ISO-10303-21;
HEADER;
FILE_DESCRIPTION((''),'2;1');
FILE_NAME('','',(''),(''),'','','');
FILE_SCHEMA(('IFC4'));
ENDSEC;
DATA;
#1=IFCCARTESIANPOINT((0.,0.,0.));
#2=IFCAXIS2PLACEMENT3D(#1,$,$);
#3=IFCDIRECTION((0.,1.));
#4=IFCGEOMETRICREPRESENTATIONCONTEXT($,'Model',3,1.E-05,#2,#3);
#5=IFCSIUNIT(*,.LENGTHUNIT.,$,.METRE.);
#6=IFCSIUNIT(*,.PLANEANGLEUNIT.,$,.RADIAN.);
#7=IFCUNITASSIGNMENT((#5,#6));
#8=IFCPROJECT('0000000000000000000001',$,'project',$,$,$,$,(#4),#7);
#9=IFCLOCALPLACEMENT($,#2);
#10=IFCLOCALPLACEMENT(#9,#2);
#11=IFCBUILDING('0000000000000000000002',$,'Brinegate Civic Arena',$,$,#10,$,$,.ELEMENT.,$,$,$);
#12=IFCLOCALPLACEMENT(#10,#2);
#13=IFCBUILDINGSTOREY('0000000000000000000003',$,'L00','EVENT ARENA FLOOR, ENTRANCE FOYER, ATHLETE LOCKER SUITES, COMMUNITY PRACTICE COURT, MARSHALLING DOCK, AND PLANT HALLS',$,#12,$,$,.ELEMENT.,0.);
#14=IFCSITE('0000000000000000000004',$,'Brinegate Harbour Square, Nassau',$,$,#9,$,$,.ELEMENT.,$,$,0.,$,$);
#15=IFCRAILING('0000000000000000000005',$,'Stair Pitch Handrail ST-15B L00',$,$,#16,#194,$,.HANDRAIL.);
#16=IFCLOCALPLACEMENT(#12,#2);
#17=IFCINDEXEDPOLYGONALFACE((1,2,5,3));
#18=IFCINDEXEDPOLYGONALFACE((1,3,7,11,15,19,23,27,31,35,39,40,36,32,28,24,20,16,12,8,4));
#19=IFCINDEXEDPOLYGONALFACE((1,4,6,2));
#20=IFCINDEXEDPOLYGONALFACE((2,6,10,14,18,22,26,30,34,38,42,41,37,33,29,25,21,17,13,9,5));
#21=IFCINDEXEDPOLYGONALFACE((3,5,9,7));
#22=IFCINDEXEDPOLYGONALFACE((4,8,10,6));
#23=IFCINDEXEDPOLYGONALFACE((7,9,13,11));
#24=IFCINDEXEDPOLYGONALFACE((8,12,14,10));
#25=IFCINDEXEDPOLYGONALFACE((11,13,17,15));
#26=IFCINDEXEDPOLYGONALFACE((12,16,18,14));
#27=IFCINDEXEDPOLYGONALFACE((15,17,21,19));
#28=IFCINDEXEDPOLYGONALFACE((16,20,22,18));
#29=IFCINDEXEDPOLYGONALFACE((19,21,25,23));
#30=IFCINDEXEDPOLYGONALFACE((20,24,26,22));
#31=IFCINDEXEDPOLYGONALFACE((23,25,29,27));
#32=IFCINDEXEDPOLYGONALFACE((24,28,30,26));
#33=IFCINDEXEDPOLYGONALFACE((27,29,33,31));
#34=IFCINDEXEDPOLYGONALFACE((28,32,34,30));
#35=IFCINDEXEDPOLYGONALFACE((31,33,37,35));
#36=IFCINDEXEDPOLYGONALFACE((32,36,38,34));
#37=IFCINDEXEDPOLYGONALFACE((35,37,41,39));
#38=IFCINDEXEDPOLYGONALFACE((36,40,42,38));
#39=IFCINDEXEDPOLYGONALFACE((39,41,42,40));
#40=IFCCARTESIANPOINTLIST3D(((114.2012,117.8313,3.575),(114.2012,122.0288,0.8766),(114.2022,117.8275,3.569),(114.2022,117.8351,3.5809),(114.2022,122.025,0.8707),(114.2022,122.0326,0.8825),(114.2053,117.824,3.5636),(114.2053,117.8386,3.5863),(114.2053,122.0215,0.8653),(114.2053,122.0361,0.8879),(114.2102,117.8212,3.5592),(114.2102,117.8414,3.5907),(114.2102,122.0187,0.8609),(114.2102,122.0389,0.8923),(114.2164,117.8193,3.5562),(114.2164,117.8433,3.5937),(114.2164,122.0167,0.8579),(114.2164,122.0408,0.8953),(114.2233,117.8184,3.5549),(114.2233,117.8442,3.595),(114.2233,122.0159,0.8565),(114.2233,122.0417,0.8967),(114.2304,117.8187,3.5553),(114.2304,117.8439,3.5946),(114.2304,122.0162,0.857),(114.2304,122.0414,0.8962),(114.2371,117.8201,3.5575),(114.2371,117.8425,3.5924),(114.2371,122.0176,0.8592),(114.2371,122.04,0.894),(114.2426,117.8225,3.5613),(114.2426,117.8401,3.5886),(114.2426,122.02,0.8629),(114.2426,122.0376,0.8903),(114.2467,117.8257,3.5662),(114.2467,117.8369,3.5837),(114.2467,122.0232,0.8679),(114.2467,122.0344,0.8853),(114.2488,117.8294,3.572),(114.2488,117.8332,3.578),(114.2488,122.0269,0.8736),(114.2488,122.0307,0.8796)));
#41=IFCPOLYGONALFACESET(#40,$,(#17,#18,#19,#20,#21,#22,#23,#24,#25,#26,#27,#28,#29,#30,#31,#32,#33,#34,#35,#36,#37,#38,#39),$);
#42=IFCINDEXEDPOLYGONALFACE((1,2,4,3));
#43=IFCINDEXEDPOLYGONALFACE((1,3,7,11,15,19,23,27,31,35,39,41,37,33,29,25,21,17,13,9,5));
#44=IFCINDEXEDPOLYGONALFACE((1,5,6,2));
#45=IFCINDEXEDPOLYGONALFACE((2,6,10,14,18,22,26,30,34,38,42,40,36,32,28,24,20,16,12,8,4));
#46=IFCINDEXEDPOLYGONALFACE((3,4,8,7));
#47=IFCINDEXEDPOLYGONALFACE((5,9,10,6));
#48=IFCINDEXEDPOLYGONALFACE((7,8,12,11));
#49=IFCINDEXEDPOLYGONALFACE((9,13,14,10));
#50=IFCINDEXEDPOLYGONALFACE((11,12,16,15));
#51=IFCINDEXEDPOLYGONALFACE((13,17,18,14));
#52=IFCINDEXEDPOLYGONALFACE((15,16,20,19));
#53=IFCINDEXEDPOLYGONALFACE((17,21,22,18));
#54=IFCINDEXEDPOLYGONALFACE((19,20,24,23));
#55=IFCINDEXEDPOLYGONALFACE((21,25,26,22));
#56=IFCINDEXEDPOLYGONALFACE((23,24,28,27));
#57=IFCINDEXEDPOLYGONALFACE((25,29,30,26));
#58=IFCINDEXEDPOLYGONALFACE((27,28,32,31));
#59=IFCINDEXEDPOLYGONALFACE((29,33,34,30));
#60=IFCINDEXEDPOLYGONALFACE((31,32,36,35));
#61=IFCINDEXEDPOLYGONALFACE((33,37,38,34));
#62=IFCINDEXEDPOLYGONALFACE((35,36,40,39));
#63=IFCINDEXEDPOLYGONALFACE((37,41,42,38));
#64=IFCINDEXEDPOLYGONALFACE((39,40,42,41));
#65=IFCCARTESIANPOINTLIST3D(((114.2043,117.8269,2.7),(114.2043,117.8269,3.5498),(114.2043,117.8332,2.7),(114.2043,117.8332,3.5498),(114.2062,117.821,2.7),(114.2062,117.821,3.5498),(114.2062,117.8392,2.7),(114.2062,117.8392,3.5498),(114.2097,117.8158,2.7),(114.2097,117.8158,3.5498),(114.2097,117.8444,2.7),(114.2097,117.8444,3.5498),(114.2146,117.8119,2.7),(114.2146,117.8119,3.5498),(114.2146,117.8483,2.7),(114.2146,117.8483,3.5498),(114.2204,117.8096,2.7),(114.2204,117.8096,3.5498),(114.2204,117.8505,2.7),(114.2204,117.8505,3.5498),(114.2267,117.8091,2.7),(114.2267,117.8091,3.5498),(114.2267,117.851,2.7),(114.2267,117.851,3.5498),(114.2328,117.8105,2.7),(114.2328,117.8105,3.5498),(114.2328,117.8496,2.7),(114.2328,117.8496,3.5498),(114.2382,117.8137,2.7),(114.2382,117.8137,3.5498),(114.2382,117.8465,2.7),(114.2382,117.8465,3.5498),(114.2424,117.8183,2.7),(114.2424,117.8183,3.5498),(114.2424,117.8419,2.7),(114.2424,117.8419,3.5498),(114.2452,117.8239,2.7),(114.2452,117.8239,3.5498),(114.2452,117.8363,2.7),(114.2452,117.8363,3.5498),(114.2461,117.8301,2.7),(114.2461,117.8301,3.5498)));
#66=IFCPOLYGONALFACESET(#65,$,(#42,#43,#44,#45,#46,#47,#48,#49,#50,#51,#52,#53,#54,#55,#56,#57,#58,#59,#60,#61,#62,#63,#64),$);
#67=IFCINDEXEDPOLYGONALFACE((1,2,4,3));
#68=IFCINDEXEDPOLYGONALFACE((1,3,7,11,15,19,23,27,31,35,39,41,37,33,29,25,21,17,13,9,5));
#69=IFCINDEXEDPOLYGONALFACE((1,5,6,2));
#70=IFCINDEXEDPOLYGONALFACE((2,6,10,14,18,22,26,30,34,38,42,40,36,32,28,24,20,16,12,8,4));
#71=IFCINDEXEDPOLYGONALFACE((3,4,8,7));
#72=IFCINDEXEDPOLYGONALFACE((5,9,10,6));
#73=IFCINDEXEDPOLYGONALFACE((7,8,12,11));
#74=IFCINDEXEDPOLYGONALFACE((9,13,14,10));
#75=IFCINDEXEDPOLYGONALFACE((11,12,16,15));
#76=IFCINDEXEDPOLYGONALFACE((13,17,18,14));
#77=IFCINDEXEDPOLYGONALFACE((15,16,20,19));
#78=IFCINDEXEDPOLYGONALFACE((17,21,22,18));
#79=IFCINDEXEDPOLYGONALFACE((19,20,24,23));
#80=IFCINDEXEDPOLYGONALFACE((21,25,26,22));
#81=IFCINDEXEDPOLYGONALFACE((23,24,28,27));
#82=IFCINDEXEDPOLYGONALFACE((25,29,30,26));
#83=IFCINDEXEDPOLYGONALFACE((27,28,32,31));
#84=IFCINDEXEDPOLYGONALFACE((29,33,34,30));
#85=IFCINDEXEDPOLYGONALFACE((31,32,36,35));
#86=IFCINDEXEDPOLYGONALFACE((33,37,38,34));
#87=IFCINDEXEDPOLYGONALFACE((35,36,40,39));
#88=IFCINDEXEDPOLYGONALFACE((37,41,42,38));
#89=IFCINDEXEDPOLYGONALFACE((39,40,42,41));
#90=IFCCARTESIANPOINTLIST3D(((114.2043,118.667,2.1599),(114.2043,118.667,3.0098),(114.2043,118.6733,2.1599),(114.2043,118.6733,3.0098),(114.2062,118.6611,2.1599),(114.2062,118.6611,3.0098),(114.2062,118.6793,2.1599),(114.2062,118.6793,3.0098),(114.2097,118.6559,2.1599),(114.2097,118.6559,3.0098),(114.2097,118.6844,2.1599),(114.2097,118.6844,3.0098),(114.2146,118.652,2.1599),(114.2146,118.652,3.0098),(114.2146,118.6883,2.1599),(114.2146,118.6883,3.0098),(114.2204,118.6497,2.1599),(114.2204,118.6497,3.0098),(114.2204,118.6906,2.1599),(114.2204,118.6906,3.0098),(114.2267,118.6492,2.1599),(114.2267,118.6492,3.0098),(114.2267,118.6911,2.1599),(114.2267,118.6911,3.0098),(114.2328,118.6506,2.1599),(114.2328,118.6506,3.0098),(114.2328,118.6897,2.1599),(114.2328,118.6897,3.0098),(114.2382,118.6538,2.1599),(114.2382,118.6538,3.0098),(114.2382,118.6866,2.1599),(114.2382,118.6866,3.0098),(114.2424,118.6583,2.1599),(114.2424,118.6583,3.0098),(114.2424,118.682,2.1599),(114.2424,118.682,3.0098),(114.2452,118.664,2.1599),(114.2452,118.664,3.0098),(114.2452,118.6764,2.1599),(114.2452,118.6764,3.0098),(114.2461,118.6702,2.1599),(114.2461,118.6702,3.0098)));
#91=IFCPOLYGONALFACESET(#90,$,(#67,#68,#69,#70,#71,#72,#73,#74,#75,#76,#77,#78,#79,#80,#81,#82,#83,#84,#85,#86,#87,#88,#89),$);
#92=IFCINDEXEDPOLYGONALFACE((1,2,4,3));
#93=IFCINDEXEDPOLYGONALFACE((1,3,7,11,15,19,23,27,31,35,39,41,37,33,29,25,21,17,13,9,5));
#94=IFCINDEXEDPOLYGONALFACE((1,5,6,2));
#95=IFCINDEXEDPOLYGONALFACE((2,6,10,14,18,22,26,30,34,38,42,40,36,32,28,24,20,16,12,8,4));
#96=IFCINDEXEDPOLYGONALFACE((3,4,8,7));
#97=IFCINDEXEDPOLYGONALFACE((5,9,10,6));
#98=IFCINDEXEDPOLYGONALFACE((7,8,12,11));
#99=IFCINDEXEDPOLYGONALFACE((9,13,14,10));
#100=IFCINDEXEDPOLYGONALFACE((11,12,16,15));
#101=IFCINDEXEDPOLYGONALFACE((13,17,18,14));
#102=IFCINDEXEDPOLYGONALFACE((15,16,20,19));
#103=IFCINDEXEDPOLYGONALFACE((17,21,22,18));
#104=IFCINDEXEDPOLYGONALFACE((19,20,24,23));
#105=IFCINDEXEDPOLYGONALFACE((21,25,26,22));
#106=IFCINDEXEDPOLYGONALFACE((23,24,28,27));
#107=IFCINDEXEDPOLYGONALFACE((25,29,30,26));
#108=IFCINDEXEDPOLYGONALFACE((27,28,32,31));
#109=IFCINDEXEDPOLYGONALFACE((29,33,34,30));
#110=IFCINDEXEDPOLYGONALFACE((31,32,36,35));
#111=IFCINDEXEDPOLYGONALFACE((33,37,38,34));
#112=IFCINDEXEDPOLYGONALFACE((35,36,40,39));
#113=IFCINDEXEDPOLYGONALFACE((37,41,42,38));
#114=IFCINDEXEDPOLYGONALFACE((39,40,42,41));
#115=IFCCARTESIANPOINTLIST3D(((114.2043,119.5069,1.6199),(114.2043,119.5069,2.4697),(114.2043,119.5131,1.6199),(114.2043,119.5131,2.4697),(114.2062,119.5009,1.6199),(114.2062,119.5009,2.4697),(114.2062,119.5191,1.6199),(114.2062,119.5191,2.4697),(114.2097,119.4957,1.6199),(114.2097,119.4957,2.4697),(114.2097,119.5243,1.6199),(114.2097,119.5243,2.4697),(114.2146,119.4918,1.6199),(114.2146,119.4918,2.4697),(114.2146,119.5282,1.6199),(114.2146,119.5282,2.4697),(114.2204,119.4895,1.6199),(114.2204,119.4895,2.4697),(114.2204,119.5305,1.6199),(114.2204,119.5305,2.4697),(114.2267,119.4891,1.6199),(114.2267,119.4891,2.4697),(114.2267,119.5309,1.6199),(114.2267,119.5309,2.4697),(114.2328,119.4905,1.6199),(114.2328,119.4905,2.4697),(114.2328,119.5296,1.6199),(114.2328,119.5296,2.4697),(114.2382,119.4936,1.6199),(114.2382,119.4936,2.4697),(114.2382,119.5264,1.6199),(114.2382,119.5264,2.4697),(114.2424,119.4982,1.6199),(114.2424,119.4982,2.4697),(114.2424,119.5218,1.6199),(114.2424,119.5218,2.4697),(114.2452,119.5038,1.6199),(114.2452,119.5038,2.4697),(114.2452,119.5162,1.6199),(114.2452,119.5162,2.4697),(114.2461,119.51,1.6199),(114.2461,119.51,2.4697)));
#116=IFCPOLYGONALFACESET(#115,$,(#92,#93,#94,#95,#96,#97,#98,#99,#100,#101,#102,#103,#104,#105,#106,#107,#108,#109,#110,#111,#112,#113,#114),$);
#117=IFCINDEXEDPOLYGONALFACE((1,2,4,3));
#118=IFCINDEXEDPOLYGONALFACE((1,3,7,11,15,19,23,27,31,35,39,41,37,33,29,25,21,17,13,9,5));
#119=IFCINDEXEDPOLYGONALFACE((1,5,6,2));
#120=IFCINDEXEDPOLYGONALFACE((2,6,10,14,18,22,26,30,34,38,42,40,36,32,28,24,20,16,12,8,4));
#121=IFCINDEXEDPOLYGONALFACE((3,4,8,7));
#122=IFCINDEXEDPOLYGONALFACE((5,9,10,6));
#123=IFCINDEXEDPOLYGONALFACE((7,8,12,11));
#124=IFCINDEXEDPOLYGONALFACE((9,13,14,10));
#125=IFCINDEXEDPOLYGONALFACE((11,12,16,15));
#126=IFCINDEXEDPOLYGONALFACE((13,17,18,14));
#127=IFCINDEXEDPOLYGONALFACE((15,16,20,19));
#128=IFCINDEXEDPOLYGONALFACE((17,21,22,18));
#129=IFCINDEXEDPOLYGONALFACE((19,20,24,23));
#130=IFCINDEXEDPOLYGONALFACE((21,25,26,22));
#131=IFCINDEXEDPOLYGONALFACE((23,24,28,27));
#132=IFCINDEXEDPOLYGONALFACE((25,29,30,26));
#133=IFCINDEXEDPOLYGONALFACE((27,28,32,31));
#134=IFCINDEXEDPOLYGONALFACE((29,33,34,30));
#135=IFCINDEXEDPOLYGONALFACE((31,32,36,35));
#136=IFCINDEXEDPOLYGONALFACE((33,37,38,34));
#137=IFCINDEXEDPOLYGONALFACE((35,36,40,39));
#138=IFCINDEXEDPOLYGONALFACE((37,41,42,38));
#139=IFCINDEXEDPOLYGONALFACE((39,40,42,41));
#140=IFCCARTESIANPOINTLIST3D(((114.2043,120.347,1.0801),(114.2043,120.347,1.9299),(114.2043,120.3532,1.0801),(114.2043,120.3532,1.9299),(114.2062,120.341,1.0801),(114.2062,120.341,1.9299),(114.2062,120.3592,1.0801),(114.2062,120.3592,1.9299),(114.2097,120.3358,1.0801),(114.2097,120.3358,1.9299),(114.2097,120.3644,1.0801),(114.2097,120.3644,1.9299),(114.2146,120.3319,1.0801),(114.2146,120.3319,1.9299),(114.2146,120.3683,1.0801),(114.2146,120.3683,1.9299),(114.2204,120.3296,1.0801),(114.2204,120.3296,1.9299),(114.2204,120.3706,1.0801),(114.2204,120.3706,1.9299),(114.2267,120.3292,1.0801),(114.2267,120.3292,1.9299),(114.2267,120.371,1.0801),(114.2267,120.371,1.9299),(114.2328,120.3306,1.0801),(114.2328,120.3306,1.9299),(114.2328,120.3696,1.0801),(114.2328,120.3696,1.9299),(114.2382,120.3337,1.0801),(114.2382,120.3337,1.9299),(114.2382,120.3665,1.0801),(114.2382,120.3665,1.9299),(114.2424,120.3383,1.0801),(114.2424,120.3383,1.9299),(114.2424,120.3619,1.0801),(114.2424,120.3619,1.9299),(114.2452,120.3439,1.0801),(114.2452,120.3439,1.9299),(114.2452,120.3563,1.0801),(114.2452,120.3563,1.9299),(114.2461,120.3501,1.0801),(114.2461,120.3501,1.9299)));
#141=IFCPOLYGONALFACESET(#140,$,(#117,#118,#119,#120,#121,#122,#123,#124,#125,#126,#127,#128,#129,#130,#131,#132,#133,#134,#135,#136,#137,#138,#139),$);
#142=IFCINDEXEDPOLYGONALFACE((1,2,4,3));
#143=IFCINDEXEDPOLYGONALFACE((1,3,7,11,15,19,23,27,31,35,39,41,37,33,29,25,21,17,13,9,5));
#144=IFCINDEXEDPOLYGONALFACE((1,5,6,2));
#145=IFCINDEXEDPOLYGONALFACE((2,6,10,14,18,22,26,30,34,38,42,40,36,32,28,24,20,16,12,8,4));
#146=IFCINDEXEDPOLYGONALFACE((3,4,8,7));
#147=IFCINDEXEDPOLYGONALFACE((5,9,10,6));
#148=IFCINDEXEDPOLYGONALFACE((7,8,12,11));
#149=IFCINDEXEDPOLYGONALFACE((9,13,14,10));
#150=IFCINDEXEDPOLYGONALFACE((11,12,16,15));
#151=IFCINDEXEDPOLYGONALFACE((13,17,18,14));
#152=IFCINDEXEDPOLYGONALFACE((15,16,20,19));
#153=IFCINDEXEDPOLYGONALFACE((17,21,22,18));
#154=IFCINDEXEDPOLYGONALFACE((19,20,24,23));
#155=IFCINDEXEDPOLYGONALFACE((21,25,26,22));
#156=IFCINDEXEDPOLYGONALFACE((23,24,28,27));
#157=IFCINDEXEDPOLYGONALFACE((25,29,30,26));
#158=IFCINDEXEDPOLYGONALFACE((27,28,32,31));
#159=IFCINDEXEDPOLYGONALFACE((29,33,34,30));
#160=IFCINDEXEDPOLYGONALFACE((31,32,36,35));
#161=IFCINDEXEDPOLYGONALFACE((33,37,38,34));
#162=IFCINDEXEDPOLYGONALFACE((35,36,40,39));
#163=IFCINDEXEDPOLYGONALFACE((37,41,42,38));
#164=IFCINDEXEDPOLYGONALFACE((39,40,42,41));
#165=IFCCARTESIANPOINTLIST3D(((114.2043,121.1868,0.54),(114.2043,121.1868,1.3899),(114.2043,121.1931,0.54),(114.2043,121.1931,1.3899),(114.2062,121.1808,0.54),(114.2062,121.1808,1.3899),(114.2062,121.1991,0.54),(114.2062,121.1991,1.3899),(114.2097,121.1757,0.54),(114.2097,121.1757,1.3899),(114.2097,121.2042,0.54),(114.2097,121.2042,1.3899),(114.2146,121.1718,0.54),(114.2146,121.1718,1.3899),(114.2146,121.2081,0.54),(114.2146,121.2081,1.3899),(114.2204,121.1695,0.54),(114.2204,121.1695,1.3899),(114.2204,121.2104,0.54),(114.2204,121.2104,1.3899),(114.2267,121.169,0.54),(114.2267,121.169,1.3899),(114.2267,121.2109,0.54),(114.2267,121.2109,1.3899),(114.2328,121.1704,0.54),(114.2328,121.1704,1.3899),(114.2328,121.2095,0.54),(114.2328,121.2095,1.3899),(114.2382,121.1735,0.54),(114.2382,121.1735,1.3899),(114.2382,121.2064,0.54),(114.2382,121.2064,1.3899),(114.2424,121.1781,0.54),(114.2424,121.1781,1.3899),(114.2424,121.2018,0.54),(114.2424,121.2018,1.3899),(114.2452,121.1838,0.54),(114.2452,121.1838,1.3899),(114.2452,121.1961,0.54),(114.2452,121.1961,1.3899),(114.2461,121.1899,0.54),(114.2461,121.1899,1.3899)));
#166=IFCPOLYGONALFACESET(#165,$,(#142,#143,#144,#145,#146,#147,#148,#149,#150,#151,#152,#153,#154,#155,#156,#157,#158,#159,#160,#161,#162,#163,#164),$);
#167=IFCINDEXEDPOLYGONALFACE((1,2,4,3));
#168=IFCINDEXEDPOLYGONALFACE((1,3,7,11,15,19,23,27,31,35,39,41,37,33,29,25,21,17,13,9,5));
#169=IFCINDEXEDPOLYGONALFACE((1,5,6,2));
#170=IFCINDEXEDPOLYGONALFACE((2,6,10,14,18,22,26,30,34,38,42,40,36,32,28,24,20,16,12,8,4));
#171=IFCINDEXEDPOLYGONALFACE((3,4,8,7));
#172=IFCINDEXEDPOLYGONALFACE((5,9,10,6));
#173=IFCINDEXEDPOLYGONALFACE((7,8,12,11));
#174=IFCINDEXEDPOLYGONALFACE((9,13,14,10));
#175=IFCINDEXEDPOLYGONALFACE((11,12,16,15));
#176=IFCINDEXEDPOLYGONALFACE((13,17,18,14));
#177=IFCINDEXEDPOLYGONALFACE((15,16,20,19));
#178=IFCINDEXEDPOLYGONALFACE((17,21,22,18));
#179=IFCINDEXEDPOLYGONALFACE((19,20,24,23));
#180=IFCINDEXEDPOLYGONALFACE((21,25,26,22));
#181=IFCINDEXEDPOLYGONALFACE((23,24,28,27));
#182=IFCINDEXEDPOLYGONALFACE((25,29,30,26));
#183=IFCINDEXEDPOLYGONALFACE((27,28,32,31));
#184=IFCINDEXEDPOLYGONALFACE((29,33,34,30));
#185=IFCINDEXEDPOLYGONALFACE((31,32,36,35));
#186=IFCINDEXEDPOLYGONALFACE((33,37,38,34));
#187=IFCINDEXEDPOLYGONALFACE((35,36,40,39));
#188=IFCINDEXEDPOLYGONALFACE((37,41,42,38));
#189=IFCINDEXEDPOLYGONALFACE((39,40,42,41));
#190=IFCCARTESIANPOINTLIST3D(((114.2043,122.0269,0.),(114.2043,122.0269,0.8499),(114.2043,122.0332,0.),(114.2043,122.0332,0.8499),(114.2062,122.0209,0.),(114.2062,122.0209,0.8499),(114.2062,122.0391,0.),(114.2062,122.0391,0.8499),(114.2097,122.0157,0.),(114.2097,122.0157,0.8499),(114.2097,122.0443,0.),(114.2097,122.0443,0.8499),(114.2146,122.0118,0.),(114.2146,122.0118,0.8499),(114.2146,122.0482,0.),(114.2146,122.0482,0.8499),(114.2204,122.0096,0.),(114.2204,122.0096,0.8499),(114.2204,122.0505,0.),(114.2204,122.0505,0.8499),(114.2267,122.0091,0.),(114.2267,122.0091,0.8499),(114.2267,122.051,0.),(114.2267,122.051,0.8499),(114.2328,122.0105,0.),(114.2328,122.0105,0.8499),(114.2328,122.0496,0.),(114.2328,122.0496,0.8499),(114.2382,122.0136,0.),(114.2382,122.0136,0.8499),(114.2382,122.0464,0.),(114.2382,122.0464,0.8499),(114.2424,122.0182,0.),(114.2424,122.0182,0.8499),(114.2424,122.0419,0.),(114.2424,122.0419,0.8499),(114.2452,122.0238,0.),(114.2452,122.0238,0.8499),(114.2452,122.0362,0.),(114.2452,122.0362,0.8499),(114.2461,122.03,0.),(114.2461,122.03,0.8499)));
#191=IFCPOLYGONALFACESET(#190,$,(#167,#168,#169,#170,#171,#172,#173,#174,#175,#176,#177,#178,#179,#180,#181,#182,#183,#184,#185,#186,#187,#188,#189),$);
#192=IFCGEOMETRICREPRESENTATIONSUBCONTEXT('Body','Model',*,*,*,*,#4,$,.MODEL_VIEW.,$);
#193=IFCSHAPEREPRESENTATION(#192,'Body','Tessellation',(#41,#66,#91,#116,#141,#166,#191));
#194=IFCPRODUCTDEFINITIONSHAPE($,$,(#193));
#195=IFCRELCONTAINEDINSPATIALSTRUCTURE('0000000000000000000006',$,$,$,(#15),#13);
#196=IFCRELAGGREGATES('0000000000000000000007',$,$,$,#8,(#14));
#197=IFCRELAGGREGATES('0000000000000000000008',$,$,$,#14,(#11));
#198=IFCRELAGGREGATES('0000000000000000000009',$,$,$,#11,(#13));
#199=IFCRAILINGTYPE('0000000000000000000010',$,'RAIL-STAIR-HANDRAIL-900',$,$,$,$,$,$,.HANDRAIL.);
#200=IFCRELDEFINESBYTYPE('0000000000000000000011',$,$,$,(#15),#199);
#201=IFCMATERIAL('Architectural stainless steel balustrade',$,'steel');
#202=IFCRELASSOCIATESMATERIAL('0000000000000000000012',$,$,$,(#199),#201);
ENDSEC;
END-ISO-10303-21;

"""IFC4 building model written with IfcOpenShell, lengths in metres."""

from ifc_helpers import new_model, si_unit, direction, frame, origin, origin_2d, place, context, subcontext, project, spatial, circle, extrude, material, type_object, element, save


model = new_model("IFC4")

# Units and contexts
model_context = context("Model", 3, precision=1e-05, world=origin(), true_north=direction((0.0, 1.0)))
body_context = subcontext(model_context, "Body", "Model", "MODEL_VIEW")
ifc_project = project(units=[si_unit("LENGTHUNIT", "METRE"), si_unit("PLANEANGLEUNIT", "RADIAN")], contexts=[model_context])

# Site, building, storey
site_placement = place(None, origin())
site = spatial("IfcSite", under=ifc_project, at=site_placement, Name="Brinegate Harbour Square, Nassau", CompositionType="ELEMENT", RefElevation=0.0)
building_placement = place(site_placement, origin())
building = spatial("IfcBuilding", under=site, at=building_placement, Name="Brinegate Civic Arena", CompositionType="ELEMENT")
storey_placement = place(building_placement, origin())
storey = spatial("IfcBuildingStorey", under=building, at=storey_placement, Name="L00", Description="EVENT ARENA FLOOR, ENTRANCE FOYER, ATHLETE LOCKER SUITES, COMMUNITY PRACTICE COURT, MARSHALLING DOCK, AND PLANT HALLS", CompositionType="ELEMENT", Elevation=0.0)

# Railing
ifc_material_1 = material(Name="Architectural stainless steel balustrade", Category="steel")
railing_type = type_object("IfcRailingType", Name="RAIL-STAIR-HANDRAIL-900", PredefinedType="HANDRAIL", material=ifc_material_1)
for number, where, name in (
    (1, (114.2251, 117.8301, 2.7), "Stair Pitch Handrail ST-15B L00"),
):
    element("IfcRailing", number, at=place(storey_placement, frame(where)), inside=storey, type_object=railing_type, Name=name, PredefinedType="HANDRAIL", context=body_context, shape_type="SweptSolid", body=[
        extrude(circle(Radius=0.0239, at=origin_2d()), frame((0.0, 0.0012, 0.875), z_axis=(0.0, 0.84118, -0.540755), x_axis=(-1.0, 0.0, 0.0)), (0.0, 0.0, 1.0), 4.99),
        extrude(circle(Radius=0.021, at=origin_2d()), origin(), (0.0, 0.0, 1.0), 0.8499),
        extrude(circle(Radius=0.021, at=origin_2d()), frame((0.0, 0.8401, -0.54)), (0.0, 0.0, 1.0), 0.8499),
        extrude(circle(Radius=0.021, at=origin_2d()), frame((0.0, 1.6799, -1.0801)), (0.0, 0.0, 1.0), 0.8499),
        extrude(circle(Radius=0.021, at=origin_2d()), frame((0.0, 2.52, -1.6199)), (0.0, 0.0, 1.0), 0.8499),
        extrude(circle(Radius=0.021, at=origin_2d()), frame((0.0, 3.3599, -2.1599)), (0.0, 0.0, 1.0), 0.8499),
        extrude(circle(Radius=0.021, at=origin_2d()), frame((0.0, 4.2, -2.7)), (0.0, 0.0, 1.0), 0.8499),
    ])

save(model, "model.ifc")
